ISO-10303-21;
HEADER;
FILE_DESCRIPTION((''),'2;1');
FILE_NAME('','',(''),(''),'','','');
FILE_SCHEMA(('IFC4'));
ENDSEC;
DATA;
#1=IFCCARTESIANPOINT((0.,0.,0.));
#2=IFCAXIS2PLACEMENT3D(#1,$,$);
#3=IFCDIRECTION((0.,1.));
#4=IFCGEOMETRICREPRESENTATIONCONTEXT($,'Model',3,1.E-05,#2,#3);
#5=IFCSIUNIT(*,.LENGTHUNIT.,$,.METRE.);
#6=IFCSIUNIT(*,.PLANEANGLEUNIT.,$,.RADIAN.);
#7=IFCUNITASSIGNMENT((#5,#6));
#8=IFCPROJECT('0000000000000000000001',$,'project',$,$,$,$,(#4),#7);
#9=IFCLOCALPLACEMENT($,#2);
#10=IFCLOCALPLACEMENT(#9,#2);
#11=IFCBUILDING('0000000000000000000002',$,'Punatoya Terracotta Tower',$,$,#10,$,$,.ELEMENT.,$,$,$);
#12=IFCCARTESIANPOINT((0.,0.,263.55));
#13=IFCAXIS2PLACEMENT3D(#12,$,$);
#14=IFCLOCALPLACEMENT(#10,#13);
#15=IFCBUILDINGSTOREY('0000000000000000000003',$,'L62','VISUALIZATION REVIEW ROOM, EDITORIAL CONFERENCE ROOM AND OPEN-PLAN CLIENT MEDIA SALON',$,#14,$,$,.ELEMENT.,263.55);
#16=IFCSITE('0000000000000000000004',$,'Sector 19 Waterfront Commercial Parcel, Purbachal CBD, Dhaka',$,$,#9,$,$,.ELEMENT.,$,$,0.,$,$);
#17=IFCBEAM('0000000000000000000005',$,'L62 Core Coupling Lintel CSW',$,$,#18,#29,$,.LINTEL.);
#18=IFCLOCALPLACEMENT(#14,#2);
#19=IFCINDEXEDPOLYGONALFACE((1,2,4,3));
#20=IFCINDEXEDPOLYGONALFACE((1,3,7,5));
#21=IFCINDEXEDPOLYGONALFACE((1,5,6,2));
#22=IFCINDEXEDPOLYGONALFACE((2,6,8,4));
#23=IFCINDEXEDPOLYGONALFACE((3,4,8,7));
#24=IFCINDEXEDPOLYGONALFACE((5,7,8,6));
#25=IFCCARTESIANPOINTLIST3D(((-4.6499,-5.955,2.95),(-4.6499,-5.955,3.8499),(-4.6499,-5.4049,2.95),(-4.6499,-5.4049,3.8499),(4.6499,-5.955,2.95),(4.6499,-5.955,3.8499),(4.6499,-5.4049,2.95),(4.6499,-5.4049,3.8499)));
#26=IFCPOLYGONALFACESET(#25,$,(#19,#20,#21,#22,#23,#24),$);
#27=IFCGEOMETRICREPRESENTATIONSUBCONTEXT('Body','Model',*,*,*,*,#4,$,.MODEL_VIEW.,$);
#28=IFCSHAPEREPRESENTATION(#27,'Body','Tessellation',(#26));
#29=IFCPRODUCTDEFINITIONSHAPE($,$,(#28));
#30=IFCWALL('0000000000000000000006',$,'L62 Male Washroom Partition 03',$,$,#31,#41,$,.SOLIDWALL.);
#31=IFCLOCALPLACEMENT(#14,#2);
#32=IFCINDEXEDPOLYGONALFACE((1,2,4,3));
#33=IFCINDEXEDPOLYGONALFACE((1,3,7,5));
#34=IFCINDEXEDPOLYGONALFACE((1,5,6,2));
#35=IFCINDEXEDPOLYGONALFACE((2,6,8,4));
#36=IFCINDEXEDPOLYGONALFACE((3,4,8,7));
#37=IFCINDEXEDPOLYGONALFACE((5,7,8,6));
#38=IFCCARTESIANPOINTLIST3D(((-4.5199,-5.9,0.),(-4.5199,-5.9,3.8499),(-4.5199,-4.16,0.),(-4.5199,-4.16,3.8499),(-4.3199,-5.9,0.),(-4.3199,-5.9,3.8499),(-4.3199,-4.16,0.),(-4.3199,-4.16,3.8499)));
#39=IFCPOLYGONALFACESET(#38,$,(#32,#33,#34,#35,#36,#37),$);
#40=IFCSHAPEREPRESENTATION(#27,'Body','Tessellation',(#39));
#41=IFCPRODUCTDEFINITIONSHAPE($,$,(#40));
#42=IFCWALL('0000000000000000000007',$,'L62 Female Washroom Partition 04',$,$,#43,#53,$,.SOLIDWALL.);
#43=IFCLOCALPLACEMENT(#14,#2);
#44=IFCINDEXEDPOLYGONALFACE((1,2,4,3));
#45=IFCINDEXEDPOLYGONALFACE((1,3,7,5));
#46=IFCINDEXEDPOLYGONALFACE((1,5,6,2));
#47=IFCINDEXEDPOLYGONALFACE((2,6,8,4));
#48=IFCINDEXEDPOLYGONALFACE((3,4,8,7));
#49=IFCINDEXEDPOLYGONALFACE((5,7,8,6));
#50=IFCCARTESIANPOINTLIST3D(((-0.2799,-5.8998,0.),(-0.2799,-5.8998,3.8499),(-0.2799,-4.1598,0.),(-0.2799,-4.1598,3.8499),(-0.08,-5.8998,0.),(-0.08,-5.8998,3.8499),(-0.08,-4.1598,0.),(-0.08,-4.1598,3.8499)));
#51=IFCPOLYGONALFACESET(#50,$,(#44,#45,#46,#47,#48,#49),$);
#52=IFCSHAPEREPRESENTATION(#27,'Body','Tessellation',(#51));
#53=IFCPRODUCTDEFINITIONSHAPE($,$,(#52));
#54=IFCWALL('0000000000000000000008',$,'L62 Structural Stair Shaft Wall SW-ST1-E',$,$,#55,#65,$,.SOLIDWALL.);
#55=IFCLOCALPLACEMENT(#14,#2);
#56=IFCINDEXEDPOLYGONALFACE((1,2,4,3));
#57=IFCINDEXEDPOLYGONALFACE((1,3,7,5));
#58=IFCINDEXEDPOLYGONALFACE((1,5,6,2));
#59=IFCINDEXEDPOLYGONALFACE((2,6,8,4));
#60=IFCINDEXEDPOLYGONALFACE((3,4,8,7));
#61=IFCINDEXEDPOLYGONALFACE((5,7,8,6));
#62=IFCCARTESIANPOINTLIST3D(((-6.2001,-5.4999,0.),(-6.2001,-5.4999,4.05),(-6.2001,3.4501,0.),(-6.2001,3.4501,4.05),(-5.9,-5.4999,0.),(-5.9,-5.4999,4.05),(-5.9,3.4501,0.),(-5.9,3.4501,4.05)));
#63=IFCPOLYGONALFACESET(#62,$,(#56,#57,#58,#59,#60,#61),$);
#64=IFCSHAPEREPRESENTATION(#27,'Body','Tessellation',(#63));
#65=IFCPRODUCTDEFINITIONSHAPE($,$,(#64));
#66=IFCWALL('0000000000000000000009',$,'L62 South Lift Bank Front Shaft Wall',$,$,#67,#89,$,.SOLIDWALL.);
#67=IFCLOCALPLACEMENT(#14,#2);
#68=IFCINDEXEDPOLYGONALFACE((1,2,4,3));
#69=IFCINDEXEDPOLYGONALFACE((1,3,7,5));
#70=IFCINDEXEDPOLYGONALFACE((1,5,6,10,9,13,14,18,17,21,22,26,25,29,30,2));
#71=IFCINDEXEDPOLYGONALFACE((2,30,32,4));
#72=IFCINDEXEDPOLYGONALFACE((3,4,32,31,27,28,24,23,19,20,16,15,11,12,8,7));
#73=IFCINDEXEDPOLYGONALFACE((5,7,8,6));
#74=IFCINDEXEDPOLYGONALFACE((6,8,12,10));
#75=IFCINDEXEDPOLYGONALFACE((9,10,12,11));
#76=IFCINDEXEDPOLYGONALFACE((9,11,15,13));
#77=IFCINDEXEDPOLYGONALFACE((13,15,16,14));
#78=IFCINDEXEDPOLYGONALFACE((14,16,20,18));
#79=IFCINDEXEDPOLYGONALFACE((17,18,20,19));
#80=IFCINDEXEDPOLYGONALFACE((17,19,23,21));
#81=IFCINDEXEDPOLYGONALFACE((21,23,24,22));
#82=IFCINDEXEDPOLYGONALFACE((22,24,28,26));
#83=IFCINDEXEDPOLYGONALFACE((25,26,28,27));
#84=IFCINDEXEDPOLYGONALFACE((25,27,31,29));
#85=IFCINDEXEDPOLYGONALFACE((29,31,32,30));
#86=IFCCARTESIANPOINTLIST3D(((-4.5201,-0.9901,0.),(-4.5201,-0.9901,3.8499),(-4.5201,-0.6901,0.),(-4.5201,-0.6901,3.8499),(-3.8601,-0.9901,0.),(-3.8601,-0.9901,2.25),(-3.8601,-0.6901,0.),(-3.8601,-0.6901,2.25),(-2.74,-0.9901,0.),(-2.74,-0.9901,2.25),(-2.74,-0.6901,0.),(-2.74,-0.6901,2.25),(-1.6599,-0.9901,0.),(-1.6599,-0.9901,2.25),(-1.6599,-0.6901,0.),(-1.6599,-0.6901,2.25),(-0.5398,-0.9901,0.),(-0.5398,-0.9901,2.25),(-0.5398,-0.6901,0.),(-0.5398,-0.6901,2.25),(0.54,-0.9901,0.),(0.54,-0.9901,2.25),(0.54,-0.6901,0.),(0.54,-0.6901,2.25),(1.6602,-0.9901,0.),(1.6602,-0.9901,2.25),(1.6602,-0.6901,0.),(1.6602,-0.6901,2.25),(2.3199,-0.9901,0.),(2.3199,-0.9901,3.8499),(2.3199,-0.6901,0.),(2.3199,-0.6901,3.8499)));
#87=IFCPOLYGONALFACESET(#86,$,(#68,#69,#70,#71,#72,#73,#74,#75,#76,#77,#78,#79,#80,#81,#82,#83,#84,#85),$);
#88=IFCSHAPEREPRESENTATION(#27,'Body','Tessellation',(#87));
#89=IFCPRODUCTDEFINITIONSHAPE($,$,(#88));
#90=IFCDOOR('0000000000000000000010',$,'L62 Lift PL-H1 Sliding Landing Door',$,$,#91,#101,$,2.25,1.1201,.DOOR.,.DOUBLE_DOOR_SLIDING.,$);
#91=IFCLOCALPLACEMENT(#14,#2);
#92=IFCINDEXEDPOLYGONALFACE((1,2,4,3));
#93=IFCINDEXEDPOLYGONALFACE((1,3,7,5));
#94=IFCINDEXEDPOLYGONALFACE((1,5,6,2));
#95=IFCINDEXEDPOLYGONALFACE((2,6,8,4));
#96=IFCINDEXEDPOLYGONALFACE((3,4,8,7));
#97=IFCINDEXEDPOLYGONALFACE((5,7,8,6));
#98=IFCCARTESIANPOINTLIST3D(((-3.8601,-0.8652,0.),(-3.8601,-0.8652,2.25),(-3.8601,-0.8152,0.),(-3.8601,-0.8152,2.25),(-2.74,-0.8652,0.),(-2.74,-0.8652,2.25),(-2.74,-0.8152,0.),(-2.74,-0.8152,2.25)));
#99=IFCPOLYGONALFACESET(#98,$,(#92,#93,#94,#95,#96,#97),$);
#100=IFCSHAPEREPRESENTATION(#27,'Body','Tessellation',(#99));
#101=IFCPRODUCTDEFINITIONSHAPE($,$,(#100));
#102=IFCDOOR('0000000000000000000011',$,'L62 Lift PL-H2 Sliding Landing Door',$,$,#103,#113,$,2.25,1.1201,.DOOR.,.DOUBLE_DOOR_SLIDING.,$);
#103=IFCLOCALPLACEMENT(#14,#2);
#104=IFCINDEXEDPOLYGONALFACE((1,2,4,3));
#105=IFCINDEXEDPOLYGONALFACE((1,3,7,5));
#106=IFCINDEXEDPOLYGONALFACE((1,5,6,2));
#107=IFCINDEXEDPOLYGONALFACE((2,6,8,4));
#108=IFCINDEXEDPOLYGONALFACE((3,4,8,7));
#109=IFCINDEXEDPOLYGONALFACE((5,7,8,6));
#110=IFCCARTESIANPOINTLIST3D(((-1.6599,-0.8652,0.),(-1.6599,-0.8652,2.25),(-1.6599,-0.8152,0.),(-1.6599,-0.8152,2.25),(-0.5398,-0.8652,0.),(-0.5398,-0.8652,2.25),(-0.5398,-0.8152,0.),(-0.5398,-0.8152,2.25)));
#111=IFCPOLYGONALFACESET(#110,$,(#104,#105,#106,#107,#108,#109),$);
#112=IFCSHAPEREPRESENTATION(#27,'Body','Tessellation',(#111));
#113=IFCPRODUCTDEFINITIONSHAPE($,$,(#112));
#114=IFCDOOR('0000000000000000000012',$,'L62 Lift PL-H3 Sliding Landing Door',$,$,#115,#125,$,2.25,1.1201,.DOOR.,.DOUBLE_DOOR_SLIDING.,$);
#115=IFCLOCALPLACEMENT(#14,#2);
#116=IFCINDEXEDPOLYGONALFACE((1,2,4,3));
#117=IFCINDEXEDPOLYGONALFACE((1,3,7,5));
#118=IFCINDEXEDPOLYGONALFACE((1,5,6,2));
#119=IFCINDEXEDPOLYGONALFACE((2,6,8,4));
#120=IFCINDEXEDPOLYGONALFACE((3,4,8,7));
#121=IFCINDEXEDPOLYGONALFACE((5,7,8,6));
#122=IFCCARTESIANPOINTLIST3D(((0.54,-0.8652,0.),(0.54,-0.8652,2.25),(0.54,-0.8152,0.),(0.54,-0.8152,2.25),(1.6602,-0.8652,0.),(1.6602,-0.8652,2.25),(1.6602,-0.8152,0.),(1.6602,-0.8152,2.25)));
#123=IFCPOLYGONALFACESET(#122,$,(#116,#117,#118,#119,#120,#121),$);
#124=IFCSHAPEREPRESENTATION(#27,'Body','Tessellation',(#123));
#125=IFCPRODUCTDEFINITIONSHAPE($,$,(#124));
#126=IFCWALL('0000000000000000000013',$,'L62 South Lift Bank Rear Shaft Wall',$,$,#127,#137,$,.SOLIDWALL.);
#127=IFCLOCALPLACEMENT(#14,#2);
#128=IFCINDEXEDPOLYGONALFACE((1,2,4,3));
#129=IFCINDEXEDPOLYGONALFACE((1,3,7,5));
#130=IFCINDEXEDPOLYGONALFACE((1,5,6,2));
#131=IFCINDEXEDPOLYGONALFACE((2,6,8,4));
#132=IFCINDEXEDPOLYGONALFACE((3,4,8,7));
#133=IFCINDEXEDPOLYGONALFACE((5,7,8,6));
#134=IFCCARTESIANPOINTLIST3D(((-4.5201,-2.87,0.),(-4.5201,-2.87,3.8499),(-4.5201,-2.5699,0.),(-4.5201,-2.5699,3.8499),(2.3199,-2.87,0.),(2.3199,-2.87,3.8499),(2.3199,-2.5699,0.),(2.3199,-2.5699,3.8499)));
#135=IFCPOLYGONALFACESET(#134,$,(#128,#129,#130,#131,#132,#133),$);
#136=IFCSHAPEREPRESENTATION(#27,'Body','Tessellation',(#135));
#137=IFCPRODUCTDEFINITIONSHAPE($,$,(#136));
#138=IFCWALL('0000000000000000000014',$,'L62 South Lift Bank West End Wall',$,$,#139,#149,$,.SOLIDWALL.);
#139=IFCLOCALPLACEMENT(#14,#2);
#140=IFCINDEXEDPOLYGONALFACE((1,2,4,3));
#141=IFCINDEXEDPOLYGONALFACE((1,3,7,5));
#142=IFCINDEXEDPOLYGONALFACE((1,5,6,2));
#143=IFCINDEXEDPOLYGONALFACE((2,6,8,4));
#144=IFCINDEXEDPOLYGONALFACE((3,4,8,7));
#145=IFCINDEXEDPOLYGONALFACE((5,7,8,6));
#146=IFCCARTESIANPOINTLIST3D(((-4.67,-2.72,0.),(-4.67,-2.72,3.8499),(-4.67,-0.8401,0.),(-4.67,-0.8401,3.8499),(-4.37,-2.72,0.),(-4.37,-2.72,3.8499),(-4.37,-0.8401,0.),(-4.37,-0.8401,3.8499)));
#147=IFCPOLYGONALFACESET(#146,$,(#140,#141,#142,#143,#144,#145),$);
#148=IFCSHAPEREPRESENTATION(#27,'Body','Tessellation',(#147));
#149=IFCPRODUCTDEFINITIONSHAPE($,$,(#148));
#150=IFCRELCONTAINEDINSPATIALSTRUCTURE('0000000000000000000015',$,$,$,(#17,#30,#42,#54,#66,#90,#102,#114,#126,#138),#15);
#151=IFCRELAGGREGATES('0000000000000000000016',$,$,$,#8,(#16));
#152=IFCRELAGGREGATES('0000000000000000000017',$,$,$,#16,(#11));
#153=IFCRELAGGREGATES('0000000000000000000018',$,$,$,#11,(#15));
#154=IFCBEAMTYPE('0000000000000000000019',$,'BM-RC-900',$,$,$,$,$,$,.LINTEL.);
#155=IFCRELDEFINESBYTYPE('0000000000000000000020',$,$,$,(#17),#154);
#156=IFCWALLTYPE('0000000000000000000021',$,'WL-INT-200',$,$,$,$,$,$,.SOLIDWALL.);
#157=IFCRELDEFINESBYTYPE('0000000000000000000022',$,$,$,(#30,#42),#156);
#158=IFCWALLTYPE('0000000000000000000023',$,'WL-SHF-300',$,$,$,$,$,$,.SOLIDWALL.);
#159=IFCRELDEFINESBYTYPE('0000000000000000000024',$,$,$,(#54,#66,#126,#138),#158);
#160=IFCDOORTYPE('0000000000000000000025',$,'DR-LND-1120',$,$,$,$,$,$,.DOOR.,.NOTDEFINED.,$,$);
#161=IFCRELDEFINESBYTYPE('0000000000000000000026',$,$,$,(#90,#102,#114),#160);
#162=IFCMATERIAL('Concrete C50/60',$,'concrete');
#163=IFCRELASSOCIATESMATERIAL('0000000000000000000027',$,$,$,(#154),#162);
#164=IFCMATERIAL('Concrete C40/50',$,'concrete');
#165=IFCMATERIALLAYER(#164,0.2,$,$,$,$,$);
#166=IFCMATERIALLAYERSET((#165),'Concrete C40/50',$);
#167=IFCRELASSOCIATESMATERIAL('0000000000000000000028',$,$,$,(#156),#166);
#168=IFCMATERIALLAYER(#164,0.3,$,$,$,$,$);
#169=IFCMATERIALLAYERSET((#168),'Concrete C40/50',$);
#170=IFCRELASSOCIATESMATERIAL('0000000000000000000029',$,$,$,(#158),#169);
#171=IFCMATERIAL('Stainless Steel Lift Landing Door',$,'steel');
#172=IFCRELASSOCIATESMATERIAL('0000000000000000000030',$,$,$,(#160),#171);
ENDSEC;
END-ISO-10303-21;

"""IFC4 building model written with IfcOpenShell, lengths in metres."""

from ifc_helpers import new_model, si_unit, direction, frame, frame_2d, origin, origin_2d, place, context, subcontext, project, spatial, rectangle, extrude, material, layer, layer_set, material_profile, profile_set, type_object, element, fill, save


model = new_model("IFC4")

# Units and contexts
model_context = context("Model", 3, precision=1e-05, world=origin(), true_north=direction((0.0, 1.0)))
body_context = subcontext(model_context, "Body", "Model", "MODEL_VIEW")
ifc_project = project(units=[si_unit("LENGTHUNIT", "METRE"), si_unit("PLANEANGLEUNIT", "RADIAN")], contexts=[model_context])

# Site, building, storey
site_placement = place(None, origin())
site = spatial("IfcSite", under=ifc_project, at=site_placement, Name="Sector 19 Waterfront Commercial Parcel, Purbachal CBD, Dhaka", CompositionType="ELEMENT", RefElevation=0.0)
building_placement = place(site_placement, origin())
building = spatial("IfcBuilding", under=site, at=building_placement, Name="Punatoya Terracotta Tower", CompositionType="ELEMENT")
storey_placement = place(building_placement, frame((0.0, 0.0, 263.55)))
storey = spatial("IfcBuildingStorey", under=building, at=storey_placement, Name="L62", Description="VISUALIZATION REVIEW ROOM, EDITORIAL CONFERENCE ROOM AND OPEN-PLAN CLIENT MEDIA SALON", CompositionType="ELEMENT", Elevation=263.55)

# Beam
ifc_material_1 = material(Name="Concrete C50/60", Category="concrete")
ifc_material_profile = material_profile(ifc_material_1, rectangle(XDim=0.55, YDim=0.8999, at=origin_2d()))
ifc_profile_set = profile_set([ifc_material_profile], Name="Concrete C50/60")
beam_type = type_object("IfcBeamType", Name="BM-RC-900", PredefinedType="LINTEL", material=ifc_profile_set)
beam_placement = place(storey_placement, frame((-4.6499, -5.6799, 3.3999), z_axis=(1.0, 0.0, 0.0), x_axis=(0.0, 1.0, 0.0)))
element("IfcBeam", 1, at=beam_placement, inside=storey, type_object=beam_type, Name="L62 Core Coupling Lintel CSW", PredefinedType="LINTEL", context=body_context, shape_type="SweptSolid", body=[
    extrude(rectangle(XDim=0.55, YDim=0.8999, at=origin_2d()), origin(), (0.0, 0.0, 1.0), 9.2998),
])

# Shared definitions
ifc_material_2 = material(Name="Concrete C40/50", Category="concrete")
ifc_layer_1 = layer(ifc_material_2, 0.2)
ifc_layer_set_1 = layer_set([ifc_layer_1], Name="Concrete C40/50")
wall_type_1 = type_object("IfcWallType", Name="WL-INT-200", PredefinedType="SOLIDWALL", material=ifc_layer_set_1)

# Walls
for number, where, z_axis, x_axis, name in (
    (2, (-4.4199, -4.1599, 0.0), (0.0, 0.0, 1.0), (0.0, -1.0, 0.0), "L62 Male Washroom Partition 03"),
    (3, (-0.1799, -5.8999, 0.0), (0.0, 0.0, 1.0), (0.0, 1.0, 0.0), "L62 Female Washroom Partition 04"),
):
    element("IfcWall", number, at=place(storey_placement, frame(where, z_axis=z_axis, x_axis=x_axis)), inside=storey, type_object=wall_type_1, Name=name, PredefinedType="SOLIDWALL", context=body_context, shape_type="SweptSolid", body=[
        extrude(rectangle(XDim=1.74, YDim=0.2, at=frame_2d((0.8701, 0.0))), origin(), (0.0, 0.0, 1.0), 3.8499),
    ])

# Wall
ifc_layer_2 = layer(ifc_material_2, 0.3)
ifc_layer_set_2 = layer_set([ifc_layer_2], Name="Concrete C40/50")
wall_type_2 = type_object("IfcWallType", Name="WL-SHF-300", PredefinedType="SOLIDWALL", material=ifc_layer_set_2)
wall_1_placement = place(storey_placement, frame((-6.05, -5.5, 0.0), z_axis=(0.0, 0.0, 1.0), x_axis=(0.0, 1.0, 0.0)))
element("IfcWall", 4, at=wall_1_placement, inside=storey, type_object=wall_type_2, Name="L62 Structural Stair Shaft Wall SW-ST1-E", PredefinedType="SOLIDWALL", context=body_context, shape_type="SweptSolid", body=[
    extrude(rectangle(XDim=8.95, YDim=0.3, at=frame_2d((4.4751, 0.0))), origin(), (0.0, 0.0, 1.0), 4.05),
])

# Wall, openings, doors
wall_2_placement = place(storey_placement, frame((-4.52, -0.8401, 0.0), z_axis=(0.0, 0.0, 1.0), x_axis=(1.0, 0.0, 0.0)))
wall_2 = element("IfcWall", 5, at=wall_2_placement, inside=storey, type_object=wall_type_2, Name="L62 South Lift Bank Front Shaft Wall", PredefinedType="SOLIDWALL", context=body_context, shape_type="SweptSolid", body=[
    extrude(rectangle(XDim=6.8401, YDim=0.3, at=frame_2d((3.4199, 0.0))), origin(), (0.0, 0.0, 1.0), 3.8499),
])
opening_1_placement = place(wall_2_placement, frame((0.6599, 0.0, 0.0)))
opening_1 = element("IfcOpeningElement", 6, at=opening_1_placement, cuts=wall_2, PredefinedType="OPENING", context=body_context, shape_type="SweptSolid", body=[
    extrude(rectangle(XDim=1.1201, YDim=2.25, at=frame_2d((0.5601, 1.125))), frame((0.0, 0.1599, 0.0), z_axis=(0.0, -1.0, 0.0), x_axis=(1.0, 0.0, 0.0)), (0.0, 0.0, 1.0), 0.3201),
])
opening_2_placement = place(wall_2_placement, frame((2.8601, 0.0, 0.0)))
opening_2 = element("IfcOpeningElement", 7, at=opening_2_placement, cuts=wall_2, PredefinedType="OPENING", context=body_context, shape_type="SweptSolid", body=[
    extrude(rectangle(XDim=1.1201, YDim=2.25, at=frame_2d((0.5601, 1.125))), frame((0.0, 0.1599, 0.0), z_axis=(0.0, -1.0, 0.0), x_axis=(1.0, 0.0, 0.0)), (0.0, 0.0, 1.0), 0.3201),
])
opening_3_placement = place(wall_2_placement, frame((5.0601, 0.0, 0.0)))
opening_3 = element("IfcOpeningElement", 8, at=opening_3_placement, cuts=wall_2, PredefinedType="OPENING", context=body_context, shape_type="SweptSolid", body=[
    extrude(rectangle(XDim=1.1201, YDim=2.25, at=frame_2d((0.5601, 1.125))), frame((0.0, 0.1599, 0.0), z_axis=(0.0, -1.0, 0.0), x_axis=(1.0, 0.0, 0.0)), (0.0, 0.0, 1.0), 0.3201),
])
ifc_material_3 = material(Name="Stainless Steel Lift Landing Door", Category="steel")
door_type_1 = type_object("IfcDoorType", Name="DR-LND-1120", OperationType="NOTDEFINED", PredefinedType="DOOR", material=ifc_material_3)
door_1_placement = place(opening_1_placement, origin())
door_1 = element("IfcDoor", 9, at=door_1_placement, inside=storey, type_object=door_type_1, Name="L62 Lift PL-H1 Sliding Landing Door", OperationType="DOUBLE_DOOR_SLIDING", OverallHeight=2.25, OverallWidth=1.1201, PredefinedType="DOOR", context=body_context, shape_type="SweptSolid", body=[
    extrude(rectangle(XDim=1.1201, YDim=2.25, at=frame_2d((0.5601, 1.125))), frame((0.0, 0.0249, 0.0), z_axis=(0.0, -1.0, 0.0), x_axis=(1.0, 0.0, 0.0)), (0.0, 0.0, 1.0), 0.05),
])
fill(opening_1, door_1)
door_2_placement = place(opening_2_placement, origin())
door_2 = element("IfcDoor", 10, at=door_2_placement, inside=storey, type_object=door_type_1, Name="L62 Lift PL-H2 Sliding Landing Door", OperationType="DOUBLE_DOOR_SLIDING", OverallHeight=2.25, OverallWidth=1.1201, PredefinedType="DOOR", context=body_context, shape_type="SweptSolid", body=[
    extrude(rectangle(XDim=1.1201, YDim=2.25, at=frame_2d((0.5601, 1.125))), frame((0.0, 0.0249, 0.0), z_axis=(0.0, -1.0, 0.0), x_axis=(1.0, 0.0, 0.0)), (0.0, 0.0, 1.0), 0.05),
])
fill(opening_2, door_2)
door_3_placement = place(opening_3_placement, origin())
door_3 = element("IfcDoor", 11, at=door_3_placement, inside=storey, type_object=door_type_1, Name="L62 Lift PL-H3 Sliding Landing Door", OperationType="DOUBLE_DOOR_SLIDING", OverallHeight=2.25, OverallWidth=1.1201, PredefinedType="DOOR", context=body_context, shape_type="SweptSolid", body=[
    extrude(rectangle(XDim=1.1201, YDim=2.25, at=frame_2d((0.5601, 1.125))), frame((0.0, 0.0249, 0.0), z_axis=(0.0, -1.0, 0.0), x_axis=(1.0, 0.0, 0.0)), (0.0, 0.0, 1.0), 0.05),
])
fill(opening_3, door_3)

# Walls
wall_3_placement = place(storey_placement, frame((-4.52, -2.72, 0.0), z_axis=(0.0, 0.0, 1.0), x_axis=(1.0, 0.0, 0.0)))
element("IfcWall", 12, at=wall_3_placement, inside=storey, type_object=wall_type_2, Name="L62 South Lift Bank Rear Shaft Wall", PredefinedType="SOLIDWALL", context=body_context, shape_type="SweptSolid", body=[
    extrude(rectangle(XDim=6.8401, YDim=0.3, at=frame_2d((3.4199, 0.0))), origin(), (0.0, 0.0, 1.0), 3.8499),
])
wall_4_placement = place(storey_placement, frame((-4.52, -2.72, 0.0), z_axis=(0.0, 0.0, 1.0), x_axis=(0.0, 1.0, 0.0)))
element("IfcWall", 13, at=wall_4_placement, inside=storey, type_object=wall_type_2, Name="L62 South Lift Bank West End Wall", PredefinedType="SOLIDWALL", context=body_context, shape_type="SweptSolid", body=[
    extrude(rectangle(XDim=1.8799, YDim=0.3, at=frame_2d((0.9399, 0.0))), origin(), (0.0, 0.0, 1.0), 3.8499),
])

save(model, "model.ifc")
